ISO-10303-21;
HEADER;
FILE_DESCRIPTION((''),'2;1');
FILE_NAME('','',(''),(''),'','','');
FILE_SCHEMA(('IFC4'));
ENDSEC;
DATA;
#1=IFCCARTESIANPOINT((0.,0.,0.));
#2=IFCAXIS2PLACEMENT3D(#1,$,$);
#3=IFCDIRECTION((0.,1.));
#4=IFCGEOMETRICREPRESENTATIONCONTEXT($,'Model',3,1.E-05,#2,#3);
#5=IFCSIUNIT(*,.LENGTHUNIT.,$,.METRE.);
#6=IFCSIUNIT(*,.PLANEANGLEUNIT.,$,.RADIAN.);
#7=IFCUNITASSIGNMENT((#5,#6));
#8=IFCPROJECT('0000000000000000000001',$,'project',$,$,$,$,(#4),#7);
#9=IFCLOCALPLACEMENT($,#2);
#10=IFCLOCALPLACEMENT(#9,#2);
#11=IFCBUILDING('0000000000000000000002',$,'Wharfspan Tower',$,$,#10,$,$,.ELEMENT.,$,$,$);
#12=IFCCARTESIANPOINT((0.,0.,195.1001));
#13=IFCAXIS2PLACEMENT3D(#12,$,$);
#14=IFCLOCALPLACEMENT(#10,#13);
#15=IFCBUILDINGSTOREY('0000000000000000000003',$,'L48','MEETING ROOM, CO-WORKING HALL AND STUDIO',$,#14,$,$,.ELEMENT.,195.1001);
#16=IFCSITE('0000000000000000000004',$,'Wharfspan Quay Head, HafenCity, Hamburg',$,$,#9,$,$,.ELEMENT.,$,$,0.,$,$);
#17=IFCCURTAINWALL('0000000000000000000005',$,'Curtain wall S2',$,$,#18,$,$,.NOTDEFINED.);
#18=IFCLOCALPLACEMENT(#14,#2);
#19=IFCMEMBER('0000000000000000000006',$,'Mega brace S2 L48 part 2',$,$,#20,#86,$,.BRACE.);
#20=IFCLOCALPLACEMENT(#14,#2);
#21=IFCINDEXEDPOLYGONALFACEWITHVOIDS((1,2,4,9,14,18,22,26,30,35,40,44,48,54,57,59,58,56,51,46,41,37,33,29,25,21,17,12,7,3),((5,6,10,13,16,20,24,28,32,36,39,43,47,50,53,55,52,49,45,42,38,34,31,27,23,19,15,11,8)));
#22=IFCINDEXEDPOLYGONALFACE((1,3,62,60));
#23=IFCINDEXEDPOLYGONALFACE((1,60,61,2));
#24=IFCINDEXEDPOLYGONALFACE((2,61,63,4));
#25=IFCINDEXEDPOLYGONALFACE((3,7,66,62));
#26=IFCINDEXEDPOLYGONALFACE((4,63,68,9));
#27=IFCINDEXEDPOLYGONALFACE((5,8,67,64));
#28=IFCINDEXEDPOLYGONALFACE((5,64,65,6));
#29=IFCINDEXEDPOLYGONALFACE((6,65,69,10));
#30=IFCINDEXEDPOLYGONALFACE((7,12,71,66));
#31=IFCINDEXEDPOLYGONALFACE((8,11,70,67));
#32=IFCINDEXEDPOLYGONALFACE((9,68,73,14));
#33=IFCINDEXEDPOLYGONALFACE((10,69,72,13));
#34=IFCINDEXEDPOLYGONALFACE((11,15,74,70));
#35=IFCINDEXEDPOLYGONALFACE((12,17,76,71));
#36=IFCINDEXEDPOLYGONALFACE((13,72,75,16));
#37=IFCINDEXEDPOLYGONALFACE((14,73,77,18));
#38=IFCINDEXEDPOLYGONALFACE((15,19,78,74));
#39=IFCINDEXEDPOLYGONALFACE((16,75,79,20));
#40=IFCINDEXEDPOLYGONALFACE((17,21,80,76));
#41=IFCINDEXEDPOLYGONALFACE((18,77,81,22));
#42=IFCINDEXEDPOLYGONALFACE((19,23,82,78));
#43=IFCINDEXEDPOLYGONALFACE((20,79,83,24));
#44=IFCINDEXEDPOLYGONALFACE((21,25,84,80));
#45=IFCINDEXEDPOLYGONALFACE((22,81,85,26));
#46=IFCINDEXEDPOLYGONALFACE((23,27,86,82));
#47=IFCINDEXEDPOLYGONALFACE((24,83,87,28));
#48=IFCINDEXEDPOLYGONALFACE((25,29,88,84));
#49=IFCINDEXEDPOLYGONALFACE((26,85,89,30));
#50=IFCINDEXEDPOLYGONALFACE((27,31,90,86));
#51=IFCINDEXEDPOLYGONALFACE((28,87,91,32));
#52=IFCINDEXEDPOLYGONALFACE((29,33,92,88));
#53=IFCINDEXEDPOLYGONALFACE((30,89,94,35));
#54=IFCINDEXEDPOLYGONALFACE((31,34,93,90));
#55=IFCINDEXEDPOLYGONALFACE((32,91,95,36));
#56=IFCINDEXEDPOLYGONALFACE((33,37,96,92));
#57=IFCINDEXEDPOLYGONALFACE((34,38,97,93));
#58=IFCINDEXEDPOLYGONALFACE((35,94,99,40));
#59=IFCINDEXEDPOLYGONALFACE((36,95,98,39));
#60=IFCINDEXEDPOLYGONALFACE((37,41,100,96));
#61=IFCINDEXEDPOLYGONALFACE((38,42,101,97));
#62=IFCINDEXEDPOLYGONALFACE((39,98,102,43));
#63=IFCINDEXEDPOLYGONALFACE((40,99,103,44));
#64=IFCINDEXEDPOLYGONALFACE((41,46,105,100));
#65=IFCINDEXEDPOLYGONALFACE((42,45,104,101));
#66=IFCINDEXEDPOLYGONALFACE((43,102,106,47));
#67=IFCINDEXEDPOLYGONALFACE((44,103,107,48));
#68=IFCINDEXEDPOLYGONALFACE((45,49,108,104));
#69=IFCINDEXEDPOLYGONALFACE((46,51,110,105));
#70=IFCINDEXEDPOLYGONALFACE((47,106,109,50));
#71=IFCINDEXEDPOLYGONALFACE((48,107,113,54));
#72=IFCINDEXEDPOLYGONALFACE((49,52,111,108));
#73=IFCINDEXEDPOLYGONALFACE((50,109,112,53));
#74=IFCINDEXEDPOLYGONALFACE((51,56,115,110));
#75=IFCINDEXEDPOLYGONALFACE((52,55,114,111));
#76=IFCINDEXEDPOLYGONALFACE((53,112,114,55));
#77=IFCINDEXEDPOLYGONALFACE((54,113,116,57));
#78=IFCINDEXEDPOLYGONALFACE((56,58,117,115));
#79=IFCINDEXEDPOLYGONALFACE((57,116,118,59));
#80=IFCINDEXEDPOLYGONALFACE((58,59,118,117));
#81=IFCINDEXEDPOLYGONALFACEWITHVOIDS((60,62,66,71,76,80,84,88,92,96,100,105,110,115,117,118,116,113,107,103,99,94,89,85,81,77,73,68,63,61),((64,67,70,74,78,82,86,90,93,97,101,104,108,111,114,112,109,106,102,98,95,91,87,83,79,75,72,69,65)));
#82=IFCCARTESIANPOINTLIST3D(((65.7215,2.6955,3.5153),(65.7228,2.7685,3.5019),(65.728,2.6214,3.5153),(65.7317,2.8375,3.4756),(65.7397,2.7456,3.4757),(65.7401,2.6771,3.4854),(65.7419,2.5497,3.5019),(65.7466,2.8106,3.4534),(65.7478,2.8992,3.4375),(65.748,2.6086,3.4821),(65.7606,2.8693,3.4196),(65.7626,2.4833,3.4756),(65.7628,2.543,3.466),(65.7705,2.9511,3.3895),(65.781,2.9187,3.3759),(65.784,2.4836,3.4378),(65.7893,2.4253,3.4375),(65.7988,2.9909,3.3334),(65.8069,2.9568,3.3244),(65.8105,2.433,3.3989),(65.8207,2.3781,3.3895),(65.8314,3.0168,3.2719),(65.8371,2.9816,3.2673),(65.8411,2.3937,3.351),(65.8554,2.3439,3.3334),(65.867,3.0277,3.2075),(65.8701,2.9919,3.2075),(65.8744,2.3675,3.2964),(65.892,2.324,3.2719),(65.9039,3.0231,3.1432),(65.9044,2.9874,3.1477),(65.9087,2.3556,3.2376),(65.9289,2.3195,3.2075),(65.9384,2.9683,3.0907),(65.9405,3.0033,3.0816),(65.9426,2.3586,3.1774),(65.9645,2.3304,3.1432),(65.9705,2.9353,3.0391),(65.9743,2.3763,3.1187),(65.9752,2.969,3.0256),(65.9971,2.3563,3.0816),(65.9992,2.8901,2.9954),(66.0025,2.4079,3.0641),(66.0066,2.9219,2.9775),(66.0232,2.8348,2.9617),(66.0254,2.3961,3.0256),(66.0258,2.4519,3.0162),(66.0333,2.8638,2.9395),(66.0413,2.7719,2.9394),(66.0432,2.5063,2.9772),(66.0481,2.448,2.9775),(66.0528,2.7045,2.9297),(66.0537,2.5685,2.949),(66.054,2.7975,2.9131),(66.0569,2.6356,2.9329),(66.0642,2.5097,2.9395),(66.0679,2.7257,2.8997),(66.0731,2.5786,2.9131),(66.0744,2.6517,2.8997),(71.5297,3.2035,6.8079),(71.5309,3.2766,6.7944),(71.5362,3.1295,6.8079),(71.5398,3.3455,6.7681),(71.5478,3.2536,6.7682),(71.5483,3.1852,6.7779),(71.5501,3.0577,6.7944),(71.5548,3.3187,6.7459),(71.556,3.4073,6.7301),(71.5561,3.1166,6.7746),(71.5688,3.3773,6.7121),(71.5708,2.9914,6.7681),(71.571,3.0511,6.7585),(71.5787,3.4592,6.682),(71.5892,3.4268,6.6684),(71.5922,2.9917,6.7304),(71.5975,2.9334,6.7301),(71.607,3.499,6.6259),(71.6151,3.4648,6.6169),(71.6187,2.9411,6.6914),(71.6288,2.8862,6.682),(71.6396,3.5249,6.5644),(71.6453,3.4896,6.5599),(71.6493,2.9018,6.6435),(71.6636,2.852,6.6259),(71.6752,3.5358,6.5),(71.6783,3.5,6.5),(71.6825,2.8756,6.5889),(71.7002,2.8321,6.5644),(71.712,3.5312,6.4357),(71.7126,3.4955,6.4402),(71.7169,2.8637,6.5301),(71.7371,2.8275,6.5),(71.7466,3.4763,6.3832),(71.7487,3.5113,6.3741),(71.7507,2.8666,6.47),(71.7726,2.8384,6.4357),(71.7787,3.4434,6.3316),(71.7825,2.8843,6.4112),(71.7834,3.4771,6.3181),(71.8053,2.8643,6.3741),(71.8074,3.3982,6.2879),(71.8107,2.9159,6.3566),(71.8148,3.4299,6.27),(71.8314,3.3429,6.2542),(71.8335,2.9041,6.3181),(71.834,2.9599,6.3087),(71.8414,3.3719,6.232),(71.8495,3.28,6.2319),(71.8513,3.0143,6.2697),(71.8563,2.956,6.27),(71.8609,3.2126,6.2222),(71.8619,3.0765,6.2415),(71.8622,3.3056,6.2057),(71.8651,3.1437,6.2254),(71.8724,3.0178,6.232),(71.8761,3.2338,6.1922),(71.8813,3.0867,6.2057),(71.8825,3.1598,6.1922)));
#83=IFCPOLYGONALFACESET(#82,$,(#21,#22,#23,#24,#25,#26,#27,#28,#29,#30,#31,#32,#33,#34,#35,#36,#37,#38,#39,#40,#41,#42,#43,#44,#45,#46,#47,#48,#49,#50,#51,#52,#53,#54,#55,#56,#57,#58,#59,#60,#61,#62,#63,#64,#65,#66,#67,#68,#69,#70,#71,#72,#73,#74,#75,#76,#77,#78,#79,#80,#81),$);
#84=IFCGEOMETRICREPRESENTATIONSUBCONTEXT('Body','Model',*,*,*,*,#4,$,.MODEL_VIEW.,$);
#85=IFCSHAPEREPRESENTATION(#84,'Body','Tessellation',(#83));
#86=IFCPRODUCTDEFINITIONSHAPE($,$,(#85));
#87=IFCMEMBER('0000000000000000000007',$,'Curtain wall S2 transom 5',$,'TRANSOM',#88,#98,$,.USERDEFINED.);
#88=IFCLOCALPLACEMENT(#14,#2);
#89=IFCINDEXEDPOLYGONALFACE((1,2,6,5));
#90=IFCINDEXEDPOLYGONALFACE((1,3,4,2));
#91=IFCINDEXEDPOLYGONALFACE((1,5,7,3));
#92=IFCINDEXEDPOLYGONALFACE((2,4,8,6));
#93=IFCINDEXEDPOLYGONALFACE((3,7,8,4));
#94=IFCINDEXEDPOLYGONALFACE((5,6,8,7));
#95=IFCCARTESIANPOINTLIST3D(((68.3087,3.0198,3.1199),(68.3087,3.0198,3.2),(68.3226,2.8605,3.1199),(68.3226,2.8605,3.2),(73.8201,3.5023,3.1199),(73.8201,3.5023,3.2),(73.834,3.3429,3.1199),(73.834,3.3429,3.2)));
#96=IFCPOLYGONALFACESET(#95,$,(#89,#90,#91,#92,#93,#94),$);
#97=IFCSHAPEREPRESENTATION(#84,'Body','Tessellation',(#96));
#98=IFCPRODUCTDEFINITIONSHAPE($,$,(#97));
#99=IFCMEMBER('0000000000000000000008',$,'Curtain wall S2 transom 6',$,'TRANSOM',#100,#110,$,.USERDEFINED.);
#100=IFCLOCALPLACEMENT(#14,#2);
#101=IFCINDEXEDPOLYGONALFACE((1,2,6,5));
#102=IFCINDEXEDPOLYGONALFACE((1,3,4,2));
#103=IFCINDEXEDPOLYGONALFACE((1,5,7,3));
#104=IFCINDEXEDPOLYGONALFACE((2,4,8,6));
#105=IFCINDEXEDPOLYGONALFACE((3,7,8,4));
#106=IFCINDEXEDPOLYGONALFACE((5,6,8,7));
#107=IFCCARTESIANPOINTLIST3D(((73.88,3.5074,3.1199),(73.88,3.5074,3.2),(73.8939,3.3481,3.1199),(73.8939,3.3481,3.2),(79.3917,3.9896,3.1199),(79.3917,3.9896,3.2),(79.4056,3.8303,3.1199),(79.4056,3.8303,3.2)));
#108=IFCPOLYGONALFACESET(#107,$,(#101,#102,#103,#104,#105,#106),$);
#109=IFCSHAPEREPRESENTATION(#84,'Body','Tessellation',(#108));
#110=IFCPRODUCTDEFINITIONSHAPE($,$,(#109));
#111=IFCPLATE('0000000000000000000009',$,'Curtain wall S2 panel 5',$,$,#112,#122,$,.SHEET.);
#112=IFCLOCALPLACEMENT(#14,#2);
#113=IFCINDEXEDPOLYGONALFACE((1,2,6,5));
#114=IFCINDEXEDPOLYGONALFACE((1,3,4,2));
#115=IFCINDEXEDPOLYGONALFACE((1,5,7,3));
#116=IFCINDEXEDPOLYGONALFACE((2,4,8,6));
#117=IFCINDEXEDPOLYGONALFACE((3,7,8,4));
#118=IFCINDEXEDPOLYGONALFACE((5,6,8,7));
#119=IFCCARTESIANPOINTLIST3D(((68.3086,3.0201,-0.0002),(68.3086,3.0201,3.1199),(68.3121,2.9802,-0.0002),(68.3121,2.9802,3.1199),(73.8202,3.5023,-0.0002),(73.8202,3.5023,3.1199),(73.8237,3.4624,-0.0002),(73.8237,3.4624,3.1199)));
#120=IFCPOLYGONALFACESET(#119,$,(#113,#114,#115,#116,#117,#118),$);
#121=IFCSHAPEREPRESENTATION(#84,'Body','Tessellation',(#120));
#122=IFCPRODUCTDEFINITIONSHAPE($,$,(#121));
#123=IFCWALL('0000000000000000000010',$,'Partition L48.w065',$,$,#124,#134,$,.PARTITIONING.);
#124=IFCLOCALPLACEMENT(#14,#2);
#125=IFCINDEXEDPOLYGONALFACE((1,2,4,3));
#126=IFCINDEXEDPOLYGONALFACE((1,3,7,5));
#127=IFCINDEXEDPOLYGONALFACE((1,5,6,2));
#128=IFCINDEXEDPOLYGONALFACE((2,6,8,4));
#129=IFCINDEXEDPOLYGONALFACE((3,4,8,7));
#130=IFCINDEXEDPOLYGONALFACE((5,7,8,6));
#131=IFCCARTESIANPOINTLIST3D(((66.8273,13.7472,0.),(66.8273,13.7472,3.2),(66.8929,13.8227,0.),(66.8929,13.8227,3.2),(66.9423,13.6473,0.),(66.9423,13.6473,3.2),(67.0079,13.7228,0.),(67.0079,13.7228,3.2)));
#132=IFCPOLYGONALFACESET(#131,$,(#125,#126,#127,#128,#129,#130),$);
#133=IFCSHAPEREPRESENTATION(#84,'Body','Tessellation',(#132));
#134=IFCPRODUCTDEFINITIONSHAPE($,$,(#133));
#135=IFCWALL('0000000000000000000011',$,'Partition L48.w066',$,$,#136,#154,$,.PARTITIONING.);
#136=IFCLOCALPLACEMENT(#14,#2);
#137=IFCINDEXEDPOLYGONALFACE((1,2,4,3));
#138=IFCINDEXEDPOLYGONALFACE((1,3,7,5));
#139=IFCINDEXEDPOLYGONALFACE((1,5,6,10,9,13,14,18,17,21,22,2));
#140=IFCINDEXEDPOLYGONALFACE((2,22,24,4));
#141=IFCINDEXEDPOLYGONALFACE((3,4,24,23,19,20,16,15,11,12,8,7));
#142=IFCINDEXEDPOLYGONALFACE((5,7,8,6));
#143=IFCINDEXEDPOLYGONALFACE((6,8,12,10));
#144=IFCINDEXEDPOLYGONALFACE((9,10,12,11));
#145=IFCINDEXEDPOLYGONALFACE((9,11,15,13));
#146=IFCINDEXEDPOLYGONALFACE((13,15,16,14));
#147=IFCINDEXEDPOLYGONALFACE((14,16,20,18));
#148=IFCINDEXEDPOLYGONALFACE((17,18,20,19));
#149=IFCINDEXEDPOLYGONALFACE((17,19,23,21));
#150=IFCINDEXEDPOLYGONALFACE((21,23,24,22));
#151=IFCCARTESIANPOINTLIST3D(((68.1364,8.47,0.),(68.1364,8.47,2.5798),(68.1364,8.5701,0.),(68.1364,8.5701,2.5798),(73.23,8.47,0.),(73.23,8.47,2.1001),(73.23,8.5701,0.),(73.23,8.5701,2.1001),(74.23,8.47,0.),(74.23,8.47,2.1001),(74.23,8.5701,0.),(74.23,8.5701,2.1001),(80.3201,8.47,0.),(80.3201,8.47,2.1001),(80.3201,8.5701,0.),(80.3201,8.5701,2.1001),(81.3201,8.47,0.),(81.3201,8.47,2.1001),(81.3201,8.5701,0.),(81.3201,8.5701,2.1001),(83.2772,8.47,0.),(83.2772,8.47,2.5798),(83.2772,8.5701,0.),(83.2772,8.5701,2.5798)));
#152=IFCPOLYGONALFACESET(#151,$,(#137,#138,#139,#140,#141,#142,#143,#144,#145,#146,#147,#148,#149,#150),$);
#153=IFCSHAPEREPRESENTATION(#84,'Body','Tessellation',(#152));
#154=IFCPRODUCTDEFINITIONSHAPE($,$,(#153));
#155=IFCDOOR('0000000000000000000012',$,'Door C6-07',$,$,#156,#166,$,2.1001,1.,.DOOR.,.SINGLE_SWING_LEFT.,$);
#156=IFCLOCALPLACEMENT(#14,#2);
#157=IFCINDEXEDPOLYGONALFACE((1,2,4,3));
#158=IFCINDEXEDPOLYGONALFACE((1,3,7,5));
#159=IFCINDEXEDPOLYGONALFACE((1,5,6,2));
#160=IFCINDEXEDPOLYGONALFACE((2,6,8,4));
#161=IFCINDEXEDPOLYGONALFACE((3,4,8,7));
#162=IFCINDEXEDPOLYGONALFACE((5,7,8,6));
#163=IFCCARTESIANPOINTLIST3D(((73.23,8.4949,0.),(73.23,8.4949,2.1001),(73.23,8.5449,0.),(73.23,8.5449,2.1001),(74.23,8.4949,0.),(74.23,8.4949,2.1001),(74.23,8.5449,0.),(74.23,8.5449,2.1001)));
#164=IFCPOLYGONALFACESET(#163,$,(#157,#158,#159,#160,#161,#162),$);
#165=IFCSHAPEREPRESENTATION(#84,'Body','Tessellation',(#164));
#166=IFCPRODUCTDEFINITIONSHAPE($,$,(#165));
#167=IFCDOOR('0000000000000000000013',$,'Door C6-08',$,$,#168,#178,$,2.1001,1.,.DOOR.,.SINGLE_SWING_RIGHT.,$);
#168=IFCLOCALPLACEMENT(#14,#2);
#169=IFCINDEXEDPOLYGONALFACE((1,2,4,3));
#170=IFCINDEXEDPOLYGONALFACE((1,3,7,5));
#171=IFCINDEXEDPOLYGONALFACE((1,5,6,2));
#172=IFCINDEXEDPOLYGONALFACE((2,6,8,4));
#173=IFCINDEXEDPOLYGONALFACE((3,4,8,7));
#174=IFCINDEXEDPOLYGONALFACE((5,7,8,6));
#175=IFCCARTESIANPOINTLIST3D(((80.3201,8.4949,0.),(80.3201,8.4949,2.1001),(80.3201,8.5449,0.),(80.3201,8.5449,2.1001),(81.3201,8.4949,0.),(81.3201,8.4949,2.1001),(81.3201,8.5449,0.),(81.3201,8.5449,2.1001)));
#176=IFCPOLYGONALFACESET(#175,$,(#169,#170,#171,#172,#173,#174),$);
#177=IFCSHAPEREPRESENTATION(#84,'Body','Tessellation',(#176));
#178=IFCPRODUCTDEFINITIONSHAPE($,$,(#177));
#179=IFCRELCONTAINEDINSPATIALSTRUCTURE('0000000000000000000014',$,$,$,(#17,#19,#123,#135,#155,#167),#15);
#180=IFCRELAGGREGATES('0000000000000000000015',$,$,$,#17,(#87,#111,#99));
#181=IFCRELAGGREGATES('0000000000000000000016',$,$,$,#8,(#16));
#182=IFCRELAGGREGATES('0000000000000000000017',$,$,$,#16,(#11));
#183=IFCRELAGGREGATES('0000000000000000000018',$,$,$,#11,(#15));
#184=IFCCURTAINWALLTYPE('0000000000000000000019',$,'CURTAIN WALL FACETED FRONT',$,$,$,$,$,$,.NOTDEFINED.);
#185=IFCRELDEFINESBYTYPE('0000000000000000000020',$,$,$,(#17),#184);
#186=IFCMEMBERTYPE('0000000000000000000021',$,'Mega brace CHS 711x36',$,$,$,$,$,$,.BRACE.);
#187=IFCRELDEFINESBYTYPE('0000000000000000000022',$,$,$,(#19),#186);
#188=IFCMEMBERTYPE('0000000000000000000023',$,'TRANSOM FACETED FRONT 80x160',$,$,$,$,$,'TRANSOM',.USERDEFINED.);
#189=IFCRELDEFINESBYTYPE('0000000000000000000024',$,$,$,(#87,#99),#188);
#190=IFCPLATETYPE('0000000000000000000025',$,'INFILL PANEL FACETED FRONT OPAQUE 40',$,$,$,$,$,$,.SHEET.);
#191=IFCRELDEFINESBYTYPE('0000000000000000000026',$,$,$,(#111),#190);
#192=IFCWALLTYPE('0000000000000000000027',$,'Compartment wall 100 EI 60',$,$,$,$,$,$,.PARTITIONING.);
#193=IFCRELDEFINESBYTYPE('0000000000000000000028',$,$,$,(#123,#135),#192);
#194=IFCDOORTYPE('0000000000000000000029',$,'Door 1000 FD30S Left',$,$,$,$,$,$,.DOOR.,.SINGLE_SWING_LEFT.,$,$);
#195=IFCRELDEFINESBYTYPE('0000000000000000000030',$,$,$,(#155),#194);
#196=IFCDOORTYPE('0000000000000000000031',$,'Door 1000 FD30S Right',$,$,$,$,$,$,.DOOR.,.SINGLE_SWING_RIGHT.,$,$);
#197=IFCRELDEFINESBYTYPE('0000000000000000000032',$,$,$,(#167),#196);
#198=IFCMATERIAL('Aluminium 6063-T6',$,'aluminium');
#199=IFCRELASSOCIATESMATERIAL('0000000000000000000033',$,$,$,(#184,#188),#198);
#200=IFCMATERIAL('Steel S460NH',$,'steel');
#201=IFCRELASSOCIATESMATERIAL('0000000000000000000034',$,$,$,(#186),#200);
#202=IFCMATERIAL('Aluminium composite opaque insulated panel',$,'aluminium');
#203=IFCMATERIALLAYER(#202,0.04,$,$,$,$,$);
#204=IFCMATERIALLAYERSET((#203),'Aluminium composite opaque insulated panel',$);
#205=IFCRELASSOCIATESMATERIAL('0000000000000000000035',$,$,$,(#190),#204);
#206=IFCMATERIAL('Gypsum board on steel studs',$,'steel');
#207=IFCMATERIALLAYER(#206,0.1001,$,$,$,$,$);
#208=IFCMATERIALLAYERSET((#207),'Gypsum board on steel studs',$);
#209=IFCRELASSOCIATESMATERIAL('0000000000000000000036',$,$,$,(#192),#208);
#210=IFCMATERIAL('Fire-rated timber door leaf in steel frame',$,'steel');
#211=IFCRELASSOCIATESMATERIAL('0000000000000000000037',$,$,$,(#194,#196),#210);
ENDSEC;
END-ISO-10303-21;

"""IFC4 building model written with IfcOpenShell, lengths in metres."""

from ifc_helpers import new_model, si_unit, direction, frame, frame_2d, origin, origin_2d, place, context, subcontext, project, spatial, rectangle, hollow_circle, extrude, material, layer, layer_set, material_profile, profile_set, type_object, element, fill, aggregate, save


model = new_model("IFC4")

# Units and contexts
model_context = context("Model", 3, precision=1e-05, world=origin(), true_north=direction((0.0, 1.0)))
body_context = subcontext(model_context, "Body", "Model", "MODEL_VIEW")
ifc_project = project(units=[si_unit("LENGTHUNIT", "METRE"), si_unit("PLANEANGLEUNIT", "RADIAN")], contexts=[model_context])

# Site, building, storey
site_placement = place(None, origin())
site = spatial("IfcSite", under=ifc_project, at=site_placement, Name="Wharfspan Quay Head, HafenCity, Hamburg", CompositionType="ELEMENT", RefElevation=0.0)
building_placement = place(site_placement, origin())
building = spatial("IfcBuilding", under=site, at=building_placement, Name="Wharfspan Tower", CompositionType="ELEMENT")
storey_placement = place(building_placement, frame((0.0, 0.0, 195.1001)))
storey = spatial("IfcBuildingStorey", under=building, at=storey_placement, Name="L48", Description="MEETING ROOM, CO-WORKING HALL AND STUDIO", CompositionType="ELEMENT", Elevation=195.1001)

# Curtain wall
ifc_material_1 = material(Name="Aluminium 6063-T6", Category="aluminium")
curtain_wall_type = type_object("IfcCurtainWallType", Name="CURTAIN WALL FACETED FRONT", PredefinedType="NOTDEFINED", material=ifc_material_1)
curtain_wall_placement = place(storey_placement, origin())
curtain_wall = element("IfcCurtainWall", 1, at=curtain_wall_placement, inside=storey, type_object=curtain_wall_type, Name="Curtain wall S2", PredefinedType="NOTDEFINED")

# Members
ifc_material_2 = material(Name="Steel S460NH", Category="steel")
ifc_material_profile_1 = material_profile(ifc_material_2, hollow_circle(Radius=0.3555, WallThickness=0.0359, at=origin_2d()))
ifc_profile_set_1 = profile_set([ifc_material_profile_1], Name="Steel S460NH")
member_type_1 = type_object("IfcMemberType", Name="Mega brace CHS 711x36", PredefinedType="BRACE", material=ifc_profile_set_1)
member_1_placement = place(storey_placement, frame((65.8979, 2.6736, 3.2075), z_axis=(0.867436, 0.075878, 0.491729), x_axis=(-0.08714, 0.996196, -0.000002)))
element("IfcMember", 2, at=member_1_placement, inside=storey, type_object=member_type_1, Name="Mega brace S2 L48 part 2", PredefinedType="BRACE", context=body_context, shape_type="SweptSolid", body=[
    extrude(hollow_circle(Radius=0.3555, WallThickness=0.0359, at=origin_2d()), origin(), (0.0, 0.0, 1.0), 6.6958),
])
ifc_material_profile_2 = material_profile(ifc_material_1, rectangle(XDim=0.1599, YDim=0.0801, at=origin_2d()))
ifc_profile_set_2 = profile_set([ifc_material_profile_2], Name="Aluminium 6063-T6")
member_type_2 = type_object("IfcMemberType", Name="TRANSOM FACETED FRONT 80x160", ElementType="TRANSOM", PredefinedType="USERDEFINED", material=ifc_profile_set_2)
member_2_placement = place(storey_placement, frame((68.3157, 2.9402, 3.1599), z_axis=(0.996191, 0.087197, 0.0), x_axis=(-0.087197, 0.996191, 0.0)))
member_2 = element("IfcMember", 3, at=member_2_placement, type_object=member_type_2, Name="Curtain wall S2 transom 5", ObjectType="TRANSOM", PredefinedType="USERDEFINED", context=body_context, shape_type="SweptSolid", body=[
    extrude(rectangle(XDim=0.1599, YDim=0.0801, at=origin_2d()), origin(), (0.0, 0.0, 1.0), 5.5325),
])
member_3_placement = place(storey_placement, frame((73.887, 3.4277, 3.1599), z_axis=(0.996195, 0.087149, 0.0), x_axis=(-0.087149, 0.996195, 0.0)))
member_3 = element("IfcMember", 4, at=member_3_placement, type_object=member_type_2, Name="Curtain wall S2 transom 6", ObjectType="TRANSOM", PredefinedType="USERDEFINED", context=body_context, shape_type="SweptSolid", body=[
    extrude(rectangle(XDim=0.1599, YDim=0.0801, at=origin_2d()), origin(), (0.0, 0.0, 1.0), 5.5327),
])

# Plate
ifc_material_3 = material(Name="Aluminium composite opaque insulated panel", Category="aluminium")
ifc_layer_1 = layer(ifc_material_3, 0.04)
ifc_layer_set_1 = layer_set([ifc_layer_1], Name="Aluminium composite opaque insulated panel")
plate_type = type_object("IfcPlateType", Name="INFILL PANEL FACETED FRONT OPAQUE 40", PredefinedType="SHEET", material=ifc_layer_set_1)
plate_placement = place(storey_placement, frame((71.0662, 3.2412, -0.0002), z_axis=(0.0, 0.0, 1.0), x_axis=(0.996198, 0.087156, 0.0)))
plate = element("IfcPlate", 5, at=plate_placement, type_object=plate_type, Name="Curtain wall S2 panel 5", PredefinedType="SHEET", context=body_context, shape_type="SweptSolid", body=[
    extrude(rectangle(XDim=5.5327, YDim=0.04, at=origin_2d()), origin(), (0.0, 0.0, 1.0), 3.1201),
])
aggregate(curtain_wall, [member_2, plate, member_3])

# Wall
ifc_material_4 = material(Name="Gypsum board on steel studs", Category="steel")
ifc_layer_2 = layer(ifc_material_4, 0.1001)
ifc_layer_set_2 = layer_set([ifc_layer_2], Name="Gypsum board on steel studs")
wall_type_1 = type_object("IfcWallType", Name="Compartment wall 100 EI 60", PredefinedType="PARTITIONING", material=ifc_layer_set_2)
wall_1_placement = place(storey_placement, frame((66.9751, 13.6851, 0.0), z_axis=(0.0, 0.0, 1.0), x_axis=(-0.755051, 0.65566, 0.0)))
element("IfcWall", 6, at=wall_1_placement, inside=storey, type_object=wall_type_1, Name="Partition L48.w065", PredefinedType="PARTITIONING", context=body_context, shape_type="SweptSolid", body=[
    extrude(rectangle(XDim=0.1523, YDim=0.1001, at=frame_2d((0.0762, 0.0))), origin(), (0.0, 0.0, 1.0), 3.2),
])

# Wall, openings, doors
wall_2_placement = place(storey_placement, frame((68.1365, 8.52, 0.0), z_axis=(0.0, 0.0, 1.0), x_axis=(1.0, 0.0, 0.0)))
wall_2 = element("IfcWall", 7, at=wall_2_placement, inside=storey, type_object=wall_type_1, Name="Partition L48.w066", PredefinedType="PARTITIONING", context=body_context, shape_type="SweptSolid", body=[
    extrude(rectangle(XDim=15.1409, YDim=0.1001, at=frame_2d((7.5703, 0.0))), origin(), (0.0, 0.0, 1.0), 2.5798),
])
opening_1_placement = place(wall_2_placement, frame((5.0935, 0.0, 0.0)))
opening_1 = element("IfcOpeningElement", 8, at=opening_1_placement, cuts=wall_2, PredefinedType="OPENING", context=body_context, shape_type="SweptSolid", body=[
    extrude(rectangle(XDim=1.0, YDim=2.1001, at=frame_2d((0.5, 1.05))), frame((0.0, 0.0601, 0.0), z_axis=(0.0, -1.0, 0.0), x_axis=(1.0, 0.0, 0.0)), (0.0, 0.0, 1.0), 0.1201),
])
opening_2_placement = place(wall_2_placement, frame((12.1836, 0.0, 0.0)))
opening_2 = element("IfcOpeningElement", 9, at=opening_2_placement, cuts=wall_2, PredefinedType="OPENING", context=body_context, shape_type="SweptSolid", body=[
    extrude(rectangle(XDim=1.0, YDim=2.1001, at=frame_2d((0.5, 1.05))), frame((0.0, 0.0601, 0.0), z_axis=(0.0, -1.0, 0.0), x_axis=(1.0, 0.0, 0.0)), (0.0, 0.0, 1.0), 0.1201),
])
ifc_material_5 = material(Name="Fire-rated timber door leaf in steel frame", Category="steel")
door_type_1 = type_object("IfcDoorType", Name="Door 1000 FD30S Left", OperationType="SINGLE_SWING_LEFT", PredefinedType="DOOR", material=ifc_material_5)
door_1_placement = place(opening_1_placement, origin())
door_1 = element("IfcDoor", 10, at=door_1_placement, inside=storey, type_object=door_type_1, Name="Door C6-07", OperationType="SINGLE_SWING_LEFT", OverallHeight=2.1001, OverallWidth=1.0, PredefinedType="DOOR", context=body_context, shape_type="SweptSolid", body=[
    extrude(rectangle(XDim=1.0, YDim=2.1001, at=frame_2d((0.5, 1.05))), frame((0.0, 0.0249, 0.0), z_axis=(0.0, -1.0, 0.0), x_axis=(1.0, 0.0, 0.0)), (0.0, 0.0, 1.0), 0.05),
])
fill(opening_1, door_1)
door_type_2 = type_object("IfcDoorType", Name="Door 1000 FD30S Right", OperationType="SINGLE_SWING_RIGHT", PredefinedType="DOOR", material=ifc_material_5)
door_2_placement = place(opening_2_placement, origin())
door_2 = element("IfcDoor", 11, at=door_2_placement, inside=storey, type_object=door_type_2, Name="Door C6-08", OperationType="SINGLE_SWING_RIGHT", OverallHeight=2.1001, OverallWidth=1.0, PredefinedType="DOOR", context=body_context, shape_type="SweptSolid", body=[
    extrude(rectangle(XDim=1.0, YDim=2.1001, at=frame_2d((0.5, 1.05))), frame((0.0, 0.0249, 0.0), z_axis=(0.0, -1.0, 0.0), x_axis=(1.0, 0.0, 0.0)), (0.0, 0.0, 1.0), 0.05),
])
fill(opening_2, door_2)

save(model, "model.ifc")
